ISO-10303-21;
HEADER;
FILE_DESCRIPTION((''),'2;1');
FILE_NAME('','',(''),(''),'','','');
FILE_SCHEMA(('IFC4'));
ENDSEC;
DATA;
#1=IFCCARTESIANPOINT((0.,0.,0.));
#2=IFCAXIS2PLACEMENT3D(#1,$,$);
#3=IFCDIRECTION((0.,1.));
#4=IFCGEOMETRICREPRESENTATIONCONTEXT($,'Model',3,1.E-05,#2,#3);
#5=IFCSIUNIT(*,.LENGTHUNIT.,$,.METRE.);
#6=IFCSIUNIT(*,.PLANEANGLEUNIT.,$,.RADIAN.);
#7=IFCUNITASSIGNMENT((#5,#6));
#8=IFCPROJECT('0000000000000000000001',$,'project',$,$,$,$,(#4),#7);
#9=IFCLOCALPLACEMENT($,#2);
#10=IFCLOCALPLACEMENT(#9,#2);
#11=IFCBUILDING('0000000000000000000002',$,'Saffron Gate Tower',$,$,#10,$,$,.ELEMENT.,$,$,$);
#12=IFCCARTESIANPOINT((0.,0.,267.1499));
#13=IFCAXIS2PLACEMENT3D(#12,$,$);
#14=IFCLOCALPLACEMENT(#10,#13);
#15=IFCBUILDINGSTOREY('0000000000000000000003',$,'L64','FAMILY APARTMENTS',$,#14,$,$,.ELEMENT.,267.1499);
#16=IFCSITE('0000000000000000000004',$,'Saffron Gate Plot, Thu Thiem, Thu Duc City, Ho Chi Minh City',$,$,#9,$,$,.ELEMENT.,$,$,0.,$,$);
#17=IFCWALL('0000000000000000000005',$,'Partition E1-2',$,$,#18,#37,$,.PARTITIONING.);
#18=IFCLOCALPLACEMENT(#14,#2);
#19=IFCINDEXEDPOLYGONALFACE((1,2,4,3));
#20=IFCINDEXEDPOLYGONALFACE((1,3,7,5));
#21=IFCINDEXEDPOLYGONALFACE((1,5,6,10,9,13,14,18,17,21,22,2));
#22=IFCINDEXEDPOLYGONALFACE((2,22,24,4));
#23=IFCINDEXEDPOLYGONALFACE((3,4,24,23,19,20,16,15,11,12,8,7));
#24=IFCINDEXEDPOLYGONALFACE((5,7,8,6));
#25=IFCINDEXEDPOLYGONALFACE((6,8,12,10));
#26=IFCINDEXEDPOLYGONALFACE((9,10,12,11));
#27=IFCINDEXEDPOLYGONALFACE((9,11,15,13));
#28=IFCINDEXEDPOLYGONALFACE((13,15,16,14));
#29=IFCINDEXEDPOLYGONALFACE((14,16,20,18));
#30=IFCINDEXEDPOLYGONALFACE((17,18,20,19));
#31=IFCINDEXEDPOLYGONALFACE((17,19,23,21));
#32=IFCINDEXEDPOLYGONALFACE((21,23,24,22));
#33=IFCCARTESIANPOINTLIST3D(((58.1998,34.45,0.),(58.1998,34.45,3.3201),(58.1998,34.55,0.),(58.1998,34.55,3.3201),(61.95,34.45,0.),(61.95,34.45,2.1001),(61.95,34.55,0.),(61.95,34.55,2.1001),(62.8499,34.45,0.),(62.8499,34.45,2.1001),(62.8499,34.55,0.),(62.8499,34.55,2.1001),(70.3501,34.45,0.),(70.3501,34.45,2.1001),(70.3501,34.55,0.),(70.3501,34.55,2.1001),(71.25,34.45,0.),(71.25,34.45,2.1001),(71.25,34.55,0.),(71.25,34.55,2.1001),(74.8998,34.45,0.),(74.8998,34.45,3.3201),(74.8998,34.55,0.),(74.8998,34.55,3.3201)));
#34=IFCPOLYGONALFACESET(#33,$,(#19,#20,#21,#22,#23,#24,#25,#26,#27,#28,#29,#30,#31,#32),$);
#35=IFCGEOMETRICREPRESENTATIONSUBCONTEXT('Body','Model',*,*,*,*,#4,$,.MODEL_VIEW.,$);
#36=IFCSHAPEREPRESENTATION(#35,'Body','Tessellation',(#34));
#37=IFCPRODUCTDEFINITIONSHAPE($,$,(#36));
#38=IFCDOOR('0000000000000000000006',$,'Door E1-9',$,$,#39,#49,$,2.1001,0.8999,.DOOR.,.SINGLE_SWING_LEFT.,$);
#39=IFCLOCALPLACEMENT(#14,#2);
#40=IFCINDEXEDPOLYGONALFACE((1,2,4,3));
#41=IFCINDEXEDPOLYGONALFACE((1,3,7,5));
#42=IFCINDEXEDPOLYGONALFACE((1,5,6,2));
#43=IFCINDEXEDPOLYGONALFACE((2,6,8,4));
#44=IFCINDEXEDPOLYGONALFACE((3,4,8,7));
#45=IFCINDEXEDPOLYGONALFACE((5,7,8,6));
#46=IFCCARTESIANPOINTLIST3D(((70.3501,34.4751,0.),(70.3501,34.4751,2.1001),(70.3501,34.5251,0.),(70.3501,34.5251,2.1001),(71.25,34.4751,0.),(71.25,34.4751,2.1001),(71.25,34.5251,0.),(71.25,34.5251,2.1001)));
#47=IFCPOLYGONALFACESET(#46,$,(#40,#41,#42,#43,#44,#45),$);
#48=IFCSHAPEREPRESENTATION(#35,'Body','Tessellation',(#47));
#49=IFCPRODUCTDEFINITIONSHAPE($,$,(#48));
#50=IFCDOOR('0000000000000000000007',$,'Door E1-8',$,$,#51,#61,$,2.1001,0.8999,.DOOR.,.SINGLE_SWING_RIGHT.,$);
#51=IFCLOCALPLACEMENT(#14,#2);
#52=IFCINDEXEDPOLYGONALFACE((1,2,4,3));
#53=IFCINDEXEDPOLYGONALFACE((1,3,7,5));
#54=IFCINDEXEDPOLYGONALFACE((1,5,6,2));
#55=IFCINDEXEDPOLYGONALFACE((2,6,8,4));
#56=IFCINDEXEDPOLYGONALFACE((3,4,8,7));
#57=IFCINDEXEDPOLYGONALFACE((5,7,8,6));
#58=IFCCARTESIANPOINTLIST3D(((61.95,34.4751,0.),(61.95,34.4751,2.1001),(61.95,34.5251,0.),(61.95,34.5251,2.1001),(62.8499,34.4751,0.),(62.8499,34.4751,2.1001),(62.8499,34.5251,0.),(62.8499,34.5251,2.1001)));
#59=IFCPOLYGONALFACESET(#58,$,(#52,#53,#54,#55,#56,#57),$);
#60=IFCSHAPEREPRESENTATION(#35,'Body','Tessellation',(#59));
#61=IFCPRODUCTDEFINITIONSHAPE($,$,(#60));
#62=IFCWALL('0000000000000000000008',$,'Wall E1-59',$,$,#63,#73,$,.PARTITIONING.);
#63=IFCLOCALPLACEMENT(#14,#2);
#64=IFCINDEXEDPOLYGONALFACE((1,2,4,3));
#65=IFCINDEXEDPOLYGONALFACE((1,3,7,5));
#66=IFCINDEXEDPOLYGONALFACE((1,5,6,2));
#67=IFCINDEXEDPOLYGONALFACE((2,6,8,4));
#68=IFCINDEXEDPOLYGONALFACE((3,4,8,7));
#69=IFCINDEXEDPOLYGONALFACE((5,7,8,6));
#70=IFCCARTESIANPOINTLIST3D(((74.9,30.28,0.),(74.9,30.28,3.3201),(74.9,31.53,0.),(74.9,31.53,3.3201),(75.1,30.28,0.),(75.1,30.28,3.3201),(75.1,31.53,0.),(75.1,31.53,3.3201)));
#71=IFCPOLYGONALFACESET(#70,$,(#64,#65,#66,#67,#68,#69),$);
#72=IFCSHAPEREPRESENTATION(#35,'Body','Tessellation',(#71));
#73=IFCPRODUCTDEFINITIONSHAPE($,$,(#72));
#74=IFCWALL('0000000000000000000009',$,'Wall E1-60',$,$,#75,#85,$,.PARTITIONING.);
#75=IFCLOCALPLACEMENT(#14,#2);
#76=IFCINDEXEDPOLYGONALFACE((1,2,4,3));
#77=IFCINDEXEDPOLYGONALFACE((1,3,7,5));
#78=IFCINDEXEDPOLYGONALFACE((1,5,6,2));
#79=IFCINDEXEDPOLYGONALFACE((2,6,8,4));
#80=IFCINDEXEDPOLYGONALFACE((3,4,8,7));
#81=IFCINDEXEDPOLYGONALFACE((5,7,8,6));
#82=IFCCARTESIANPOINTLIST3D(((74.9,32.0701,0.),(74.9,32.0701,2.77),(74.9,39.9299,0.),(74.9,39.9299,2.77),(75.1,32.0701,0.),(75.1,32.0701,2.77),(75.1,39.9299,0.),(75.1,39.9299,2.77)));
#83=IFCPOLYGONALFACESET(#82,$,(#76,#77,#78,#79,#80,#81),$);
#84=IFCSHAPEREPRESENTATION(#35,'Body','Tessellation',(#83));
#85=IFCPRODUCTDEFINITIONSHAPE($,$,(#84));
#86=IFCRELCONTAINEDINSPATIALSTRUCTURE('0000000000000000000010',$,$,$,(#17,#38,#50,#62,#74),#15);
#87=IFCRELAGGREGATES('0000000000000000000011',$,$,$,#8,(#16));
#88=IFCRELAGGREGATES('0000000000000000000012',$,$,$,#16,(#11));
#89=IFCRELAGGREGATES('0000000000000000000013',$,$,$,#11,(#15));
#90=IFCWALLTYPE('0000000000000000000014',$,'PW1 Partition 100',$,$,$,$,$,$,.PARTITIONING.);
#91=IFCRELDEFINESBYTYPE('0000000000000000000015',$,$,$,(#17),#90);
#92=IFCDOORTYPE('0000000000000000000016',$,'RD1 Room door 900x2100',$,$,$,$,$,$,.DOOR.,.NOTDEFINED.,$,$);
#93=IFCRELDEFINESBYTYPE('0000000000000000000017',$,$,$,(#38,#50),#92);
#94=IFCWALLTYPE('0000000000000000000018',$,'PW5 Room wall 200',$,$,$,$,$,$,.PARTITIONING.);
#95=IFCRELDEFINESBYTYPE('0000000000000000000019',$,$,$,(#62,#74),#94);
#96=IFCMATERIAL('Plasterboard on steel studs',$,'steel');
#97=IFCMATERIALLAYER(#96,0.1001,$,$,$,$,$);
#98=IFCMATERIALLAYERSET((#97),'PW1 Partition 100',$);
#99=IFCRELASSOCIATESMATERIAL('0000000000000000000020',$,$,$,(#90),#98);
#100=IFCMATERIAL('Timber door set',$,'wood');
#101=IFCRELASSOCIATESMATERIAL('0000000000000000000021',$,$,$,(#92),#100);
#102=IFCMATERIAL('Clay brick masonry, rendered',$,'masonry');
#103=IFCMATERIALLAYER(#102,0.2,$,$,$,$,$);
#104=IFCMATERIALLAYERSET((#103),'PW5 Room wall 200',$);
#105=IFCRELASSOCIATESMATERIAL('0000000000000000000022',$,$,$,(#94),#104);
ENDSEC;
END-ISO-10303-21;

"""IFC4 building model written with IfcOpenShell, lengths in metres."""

from ifc_helpers import new_model, si_unit, direction, frame, frame_2d, origin, place, context, subcontext, project, spatial, rectangle, extrude, material, layer, layer_set, type_object, element, fill, save


model = new_model("IFC4")

# Units and contexts
model_context = context("Model", 3, precision=1e-05, world=origin(), true_north=direction((0.0, 1.0)))
body_context = subcontext(model_context, "Body", "Model", "MODEL_VIEW")
ifc_project = project(units=[si_unit("LENGTHUNIT", "METRE"), si_unit("PLANEANGLEUNIT", "RADIAN")], contexts=[model_context])

# Site, building, storey
site_placement = place(None, origin())
site = spatial("IfcSite", under=ifc_project, at=site_placement, Name="Saffron Gate Plot, Thu Thiem, Thu Duc City, Ho Chi Minh City", CompositionType="ELEMENT", RefElevation=0.0)
building_placement = place(site_placement, origin())
building = spatial("IfcBuilding", under=site, at=building_placement, Name="Saffron Gate Tower", CompositionType="ELEMENT")
storey_placement = place(building_placement, frame((0.0, 0.0, 267.1499)))
storey = spatial("IfcBuildingStorey", under=building, at=storey_placement, Name="L64", Description="FAMILY APARTMENTS", CompositionType="ELEMENT", Elevation=267.1499)

# Wall, openings, doors
ifc_material_1 = material(Name="Plasterboard on steel studs", Category="steel")
ifc_layer_1 = layer(ifc_material_1, 0.1001)
ifc_layer_set_1 = layer_set([ifc_layer_1], Name="PW1 Partition 100")
wall_type_1 = type_object("IfcWallType", Name="PW1 Partition 100", PredefinedType="PARTITIONING", material=ifc_layer_set_1)
wall_1_placement = place(storey_placement, frame((74.8999, 34.5, 0.0), z_axis=(0.0, 0.0, 1.0), x_axis=(-1.0, 0.0, 0.0)))
wall_1 = element("IfcWall", 1, at=wall_1_placement, inside=storey, type_object=wall_type_1, Name="Partition E1-2", PredefinedType="PARTITIONING", context=body_context, shape_type="SweptSolid", body=[
    extrude(rectangle(XDim=16.7, YDim=0.1001, at=frame_2d((8.3501, 0.0))), origin(), (0.0, 0.0, 1.0), 3.3201),
])
opening_1_placement = place(wall_1_placement, frame((3.6499, 0.0, 0.0)))
opening_1 = element("IfcOpeningElement", 2, at=opening_1_placement, cuts=wall_1, PredefinedType="OPENING", context=body_context, shape_type="SweptSolid", body=[
    extrude(rectangle(XDim=0.8999, YDim=2.1001, at=frame_2d((0.45, 1.05))), frame((0.0, 0.0601, 0.0), z_axis=(0.0, -1.0, 0.0), x_axis=(1.0, 0.0, 0.0)), (0.0, 0.0, 1.0), 0.1201),
])
opening_2_placement = place(wall_1_placement, frame((12.05, 0.0, 0.0)))
opening_2 = element("IfcOpeningElement", 3, at=opening_2_placement, cuts=wall_1, PredefinedType="OPENING", context=body_context, shape_type="SweptSolid", body=[
    extrude(rectangle(XDim=0.8999, YDim=2.1001, at=frame_2d((0.45, 1.05))), frame((0.0, 0.0601, 0.0), z_axis=(0.0, -1.0, 0.0), x_axis=(1.0, 0.0, 0.0)), (0.0, 0.0, 1.0), 0.1201),
])
ifc_material_2 = material(Name="Timber door set", Category="wood")
door_type = type_object("IfcDoorType", Name="RD1 Room door 900x2100", OperationType="NOTDEFINED", PredefinedType="DOOR", material=ifc_material_2)
door_1_placement = place(opening_1_placement, origin())
door_1 = element("IfcDoor", 4, at=door_1_placement, inside=storey, type_object=door_type, Name="Door E1-9", OperationType="SINGLE_SWING_LEFT", OverallHeight=2.1001, OverallWidth=0.8999, PredefinedType="DOOR", context=body_context, shape_type="SweptSolid", body=[
    extrude(rectangle(XDim=0.8999, YDim=2.1001, at=frame_2d((0.45, 1.05))), frame((0.0, 0.0249, 0.0), z_axis=(0.0, -1.0, 0.0), x_axis=(1.0, 0.0, 0.0)), (0.0, 0.0, 1.0), 0.05),
])
fill(opening_1, door_1)
door_2_placement = place(opening_2_placement, origin())
door_2 = element("IfcDoor", 5, at=door_2_placement, inside=storey, type_object=door_type, Name="Door E1-8", OperationType="SINGLE_SWING_RIGHT", OverallHeight=2.1001, OverallWidth=0.8999, PredefinedType="DOOR", context=body_context, shape_type="SweptSolid", body=[
    extrude(rectangle(XDim=0.8999, YDim=2.1001, at=frame_2d((0.45, 1.05))), frame((0.0, 0.0249, 0.0), z_axis=(0.0, -1.0, 0.0), x_axis=(1.0, 0.0, 0.0)), (0.0, 0.0, 1.0), 0.05),
])
fill(opening_2, door_2)

# Walls
ifc_material_3 = material(Name="Clay brick masonry, rendered", Category="masonry")
ifc_layer_2 = layer(ifc_material_3, 0.2)
ifc_layer_set_2 = layer_set([ifc_layer_2], Name="PW5 Room wall 200")
wall_type_2 = type_object("IfcWallType", Name="PW5 Room wall 200", PredefinedType="PARTITIONING", material=ifc_layer_set_2)
wall_2_placement = place(storey_placement, frame((75.0, 31.53, 0.0), z_axis=(0.0, 0.0, 1.0), x_axis=(0.0, -1.0, 0.0)))
element("IfcWall", 6, at=wall_2_placement, inside=storey, type_object=wall_type_2, Name="Wall E1-59", PredefinedType="PARTITIONING", context=body_context, shape_type="SweptSolid", body=[
    extrude(rectangle(XDim=1.25, YDim=0.2, at=frame_2d((0.625, 0.0))), origin(), (0.0, 0.0, 1.0), 3.3201),
])
wall_3_placement = place(storey_placement, frame((75.0, 39.9299, 0.0), z_axis=(0.0, 0.0, 1.0), x_axis=(0.0, -1.0, 0.0)))
element("IfcWall", 7, at=wall_3_placement, inside=storey, type_object=wall_type_2, Name="Wall E1-60", PredefinedType="PARTITIONING", context=body_context, shape_type="SweptSolid", body=[
    extrude(rectangle(XDim=7.8599, YDim=0.2, at=frame_2d((3.9299, 0.0))), origin(), (0.0, 0.0, 1.0), 2.77),
])

save(model, "model.ifc")
